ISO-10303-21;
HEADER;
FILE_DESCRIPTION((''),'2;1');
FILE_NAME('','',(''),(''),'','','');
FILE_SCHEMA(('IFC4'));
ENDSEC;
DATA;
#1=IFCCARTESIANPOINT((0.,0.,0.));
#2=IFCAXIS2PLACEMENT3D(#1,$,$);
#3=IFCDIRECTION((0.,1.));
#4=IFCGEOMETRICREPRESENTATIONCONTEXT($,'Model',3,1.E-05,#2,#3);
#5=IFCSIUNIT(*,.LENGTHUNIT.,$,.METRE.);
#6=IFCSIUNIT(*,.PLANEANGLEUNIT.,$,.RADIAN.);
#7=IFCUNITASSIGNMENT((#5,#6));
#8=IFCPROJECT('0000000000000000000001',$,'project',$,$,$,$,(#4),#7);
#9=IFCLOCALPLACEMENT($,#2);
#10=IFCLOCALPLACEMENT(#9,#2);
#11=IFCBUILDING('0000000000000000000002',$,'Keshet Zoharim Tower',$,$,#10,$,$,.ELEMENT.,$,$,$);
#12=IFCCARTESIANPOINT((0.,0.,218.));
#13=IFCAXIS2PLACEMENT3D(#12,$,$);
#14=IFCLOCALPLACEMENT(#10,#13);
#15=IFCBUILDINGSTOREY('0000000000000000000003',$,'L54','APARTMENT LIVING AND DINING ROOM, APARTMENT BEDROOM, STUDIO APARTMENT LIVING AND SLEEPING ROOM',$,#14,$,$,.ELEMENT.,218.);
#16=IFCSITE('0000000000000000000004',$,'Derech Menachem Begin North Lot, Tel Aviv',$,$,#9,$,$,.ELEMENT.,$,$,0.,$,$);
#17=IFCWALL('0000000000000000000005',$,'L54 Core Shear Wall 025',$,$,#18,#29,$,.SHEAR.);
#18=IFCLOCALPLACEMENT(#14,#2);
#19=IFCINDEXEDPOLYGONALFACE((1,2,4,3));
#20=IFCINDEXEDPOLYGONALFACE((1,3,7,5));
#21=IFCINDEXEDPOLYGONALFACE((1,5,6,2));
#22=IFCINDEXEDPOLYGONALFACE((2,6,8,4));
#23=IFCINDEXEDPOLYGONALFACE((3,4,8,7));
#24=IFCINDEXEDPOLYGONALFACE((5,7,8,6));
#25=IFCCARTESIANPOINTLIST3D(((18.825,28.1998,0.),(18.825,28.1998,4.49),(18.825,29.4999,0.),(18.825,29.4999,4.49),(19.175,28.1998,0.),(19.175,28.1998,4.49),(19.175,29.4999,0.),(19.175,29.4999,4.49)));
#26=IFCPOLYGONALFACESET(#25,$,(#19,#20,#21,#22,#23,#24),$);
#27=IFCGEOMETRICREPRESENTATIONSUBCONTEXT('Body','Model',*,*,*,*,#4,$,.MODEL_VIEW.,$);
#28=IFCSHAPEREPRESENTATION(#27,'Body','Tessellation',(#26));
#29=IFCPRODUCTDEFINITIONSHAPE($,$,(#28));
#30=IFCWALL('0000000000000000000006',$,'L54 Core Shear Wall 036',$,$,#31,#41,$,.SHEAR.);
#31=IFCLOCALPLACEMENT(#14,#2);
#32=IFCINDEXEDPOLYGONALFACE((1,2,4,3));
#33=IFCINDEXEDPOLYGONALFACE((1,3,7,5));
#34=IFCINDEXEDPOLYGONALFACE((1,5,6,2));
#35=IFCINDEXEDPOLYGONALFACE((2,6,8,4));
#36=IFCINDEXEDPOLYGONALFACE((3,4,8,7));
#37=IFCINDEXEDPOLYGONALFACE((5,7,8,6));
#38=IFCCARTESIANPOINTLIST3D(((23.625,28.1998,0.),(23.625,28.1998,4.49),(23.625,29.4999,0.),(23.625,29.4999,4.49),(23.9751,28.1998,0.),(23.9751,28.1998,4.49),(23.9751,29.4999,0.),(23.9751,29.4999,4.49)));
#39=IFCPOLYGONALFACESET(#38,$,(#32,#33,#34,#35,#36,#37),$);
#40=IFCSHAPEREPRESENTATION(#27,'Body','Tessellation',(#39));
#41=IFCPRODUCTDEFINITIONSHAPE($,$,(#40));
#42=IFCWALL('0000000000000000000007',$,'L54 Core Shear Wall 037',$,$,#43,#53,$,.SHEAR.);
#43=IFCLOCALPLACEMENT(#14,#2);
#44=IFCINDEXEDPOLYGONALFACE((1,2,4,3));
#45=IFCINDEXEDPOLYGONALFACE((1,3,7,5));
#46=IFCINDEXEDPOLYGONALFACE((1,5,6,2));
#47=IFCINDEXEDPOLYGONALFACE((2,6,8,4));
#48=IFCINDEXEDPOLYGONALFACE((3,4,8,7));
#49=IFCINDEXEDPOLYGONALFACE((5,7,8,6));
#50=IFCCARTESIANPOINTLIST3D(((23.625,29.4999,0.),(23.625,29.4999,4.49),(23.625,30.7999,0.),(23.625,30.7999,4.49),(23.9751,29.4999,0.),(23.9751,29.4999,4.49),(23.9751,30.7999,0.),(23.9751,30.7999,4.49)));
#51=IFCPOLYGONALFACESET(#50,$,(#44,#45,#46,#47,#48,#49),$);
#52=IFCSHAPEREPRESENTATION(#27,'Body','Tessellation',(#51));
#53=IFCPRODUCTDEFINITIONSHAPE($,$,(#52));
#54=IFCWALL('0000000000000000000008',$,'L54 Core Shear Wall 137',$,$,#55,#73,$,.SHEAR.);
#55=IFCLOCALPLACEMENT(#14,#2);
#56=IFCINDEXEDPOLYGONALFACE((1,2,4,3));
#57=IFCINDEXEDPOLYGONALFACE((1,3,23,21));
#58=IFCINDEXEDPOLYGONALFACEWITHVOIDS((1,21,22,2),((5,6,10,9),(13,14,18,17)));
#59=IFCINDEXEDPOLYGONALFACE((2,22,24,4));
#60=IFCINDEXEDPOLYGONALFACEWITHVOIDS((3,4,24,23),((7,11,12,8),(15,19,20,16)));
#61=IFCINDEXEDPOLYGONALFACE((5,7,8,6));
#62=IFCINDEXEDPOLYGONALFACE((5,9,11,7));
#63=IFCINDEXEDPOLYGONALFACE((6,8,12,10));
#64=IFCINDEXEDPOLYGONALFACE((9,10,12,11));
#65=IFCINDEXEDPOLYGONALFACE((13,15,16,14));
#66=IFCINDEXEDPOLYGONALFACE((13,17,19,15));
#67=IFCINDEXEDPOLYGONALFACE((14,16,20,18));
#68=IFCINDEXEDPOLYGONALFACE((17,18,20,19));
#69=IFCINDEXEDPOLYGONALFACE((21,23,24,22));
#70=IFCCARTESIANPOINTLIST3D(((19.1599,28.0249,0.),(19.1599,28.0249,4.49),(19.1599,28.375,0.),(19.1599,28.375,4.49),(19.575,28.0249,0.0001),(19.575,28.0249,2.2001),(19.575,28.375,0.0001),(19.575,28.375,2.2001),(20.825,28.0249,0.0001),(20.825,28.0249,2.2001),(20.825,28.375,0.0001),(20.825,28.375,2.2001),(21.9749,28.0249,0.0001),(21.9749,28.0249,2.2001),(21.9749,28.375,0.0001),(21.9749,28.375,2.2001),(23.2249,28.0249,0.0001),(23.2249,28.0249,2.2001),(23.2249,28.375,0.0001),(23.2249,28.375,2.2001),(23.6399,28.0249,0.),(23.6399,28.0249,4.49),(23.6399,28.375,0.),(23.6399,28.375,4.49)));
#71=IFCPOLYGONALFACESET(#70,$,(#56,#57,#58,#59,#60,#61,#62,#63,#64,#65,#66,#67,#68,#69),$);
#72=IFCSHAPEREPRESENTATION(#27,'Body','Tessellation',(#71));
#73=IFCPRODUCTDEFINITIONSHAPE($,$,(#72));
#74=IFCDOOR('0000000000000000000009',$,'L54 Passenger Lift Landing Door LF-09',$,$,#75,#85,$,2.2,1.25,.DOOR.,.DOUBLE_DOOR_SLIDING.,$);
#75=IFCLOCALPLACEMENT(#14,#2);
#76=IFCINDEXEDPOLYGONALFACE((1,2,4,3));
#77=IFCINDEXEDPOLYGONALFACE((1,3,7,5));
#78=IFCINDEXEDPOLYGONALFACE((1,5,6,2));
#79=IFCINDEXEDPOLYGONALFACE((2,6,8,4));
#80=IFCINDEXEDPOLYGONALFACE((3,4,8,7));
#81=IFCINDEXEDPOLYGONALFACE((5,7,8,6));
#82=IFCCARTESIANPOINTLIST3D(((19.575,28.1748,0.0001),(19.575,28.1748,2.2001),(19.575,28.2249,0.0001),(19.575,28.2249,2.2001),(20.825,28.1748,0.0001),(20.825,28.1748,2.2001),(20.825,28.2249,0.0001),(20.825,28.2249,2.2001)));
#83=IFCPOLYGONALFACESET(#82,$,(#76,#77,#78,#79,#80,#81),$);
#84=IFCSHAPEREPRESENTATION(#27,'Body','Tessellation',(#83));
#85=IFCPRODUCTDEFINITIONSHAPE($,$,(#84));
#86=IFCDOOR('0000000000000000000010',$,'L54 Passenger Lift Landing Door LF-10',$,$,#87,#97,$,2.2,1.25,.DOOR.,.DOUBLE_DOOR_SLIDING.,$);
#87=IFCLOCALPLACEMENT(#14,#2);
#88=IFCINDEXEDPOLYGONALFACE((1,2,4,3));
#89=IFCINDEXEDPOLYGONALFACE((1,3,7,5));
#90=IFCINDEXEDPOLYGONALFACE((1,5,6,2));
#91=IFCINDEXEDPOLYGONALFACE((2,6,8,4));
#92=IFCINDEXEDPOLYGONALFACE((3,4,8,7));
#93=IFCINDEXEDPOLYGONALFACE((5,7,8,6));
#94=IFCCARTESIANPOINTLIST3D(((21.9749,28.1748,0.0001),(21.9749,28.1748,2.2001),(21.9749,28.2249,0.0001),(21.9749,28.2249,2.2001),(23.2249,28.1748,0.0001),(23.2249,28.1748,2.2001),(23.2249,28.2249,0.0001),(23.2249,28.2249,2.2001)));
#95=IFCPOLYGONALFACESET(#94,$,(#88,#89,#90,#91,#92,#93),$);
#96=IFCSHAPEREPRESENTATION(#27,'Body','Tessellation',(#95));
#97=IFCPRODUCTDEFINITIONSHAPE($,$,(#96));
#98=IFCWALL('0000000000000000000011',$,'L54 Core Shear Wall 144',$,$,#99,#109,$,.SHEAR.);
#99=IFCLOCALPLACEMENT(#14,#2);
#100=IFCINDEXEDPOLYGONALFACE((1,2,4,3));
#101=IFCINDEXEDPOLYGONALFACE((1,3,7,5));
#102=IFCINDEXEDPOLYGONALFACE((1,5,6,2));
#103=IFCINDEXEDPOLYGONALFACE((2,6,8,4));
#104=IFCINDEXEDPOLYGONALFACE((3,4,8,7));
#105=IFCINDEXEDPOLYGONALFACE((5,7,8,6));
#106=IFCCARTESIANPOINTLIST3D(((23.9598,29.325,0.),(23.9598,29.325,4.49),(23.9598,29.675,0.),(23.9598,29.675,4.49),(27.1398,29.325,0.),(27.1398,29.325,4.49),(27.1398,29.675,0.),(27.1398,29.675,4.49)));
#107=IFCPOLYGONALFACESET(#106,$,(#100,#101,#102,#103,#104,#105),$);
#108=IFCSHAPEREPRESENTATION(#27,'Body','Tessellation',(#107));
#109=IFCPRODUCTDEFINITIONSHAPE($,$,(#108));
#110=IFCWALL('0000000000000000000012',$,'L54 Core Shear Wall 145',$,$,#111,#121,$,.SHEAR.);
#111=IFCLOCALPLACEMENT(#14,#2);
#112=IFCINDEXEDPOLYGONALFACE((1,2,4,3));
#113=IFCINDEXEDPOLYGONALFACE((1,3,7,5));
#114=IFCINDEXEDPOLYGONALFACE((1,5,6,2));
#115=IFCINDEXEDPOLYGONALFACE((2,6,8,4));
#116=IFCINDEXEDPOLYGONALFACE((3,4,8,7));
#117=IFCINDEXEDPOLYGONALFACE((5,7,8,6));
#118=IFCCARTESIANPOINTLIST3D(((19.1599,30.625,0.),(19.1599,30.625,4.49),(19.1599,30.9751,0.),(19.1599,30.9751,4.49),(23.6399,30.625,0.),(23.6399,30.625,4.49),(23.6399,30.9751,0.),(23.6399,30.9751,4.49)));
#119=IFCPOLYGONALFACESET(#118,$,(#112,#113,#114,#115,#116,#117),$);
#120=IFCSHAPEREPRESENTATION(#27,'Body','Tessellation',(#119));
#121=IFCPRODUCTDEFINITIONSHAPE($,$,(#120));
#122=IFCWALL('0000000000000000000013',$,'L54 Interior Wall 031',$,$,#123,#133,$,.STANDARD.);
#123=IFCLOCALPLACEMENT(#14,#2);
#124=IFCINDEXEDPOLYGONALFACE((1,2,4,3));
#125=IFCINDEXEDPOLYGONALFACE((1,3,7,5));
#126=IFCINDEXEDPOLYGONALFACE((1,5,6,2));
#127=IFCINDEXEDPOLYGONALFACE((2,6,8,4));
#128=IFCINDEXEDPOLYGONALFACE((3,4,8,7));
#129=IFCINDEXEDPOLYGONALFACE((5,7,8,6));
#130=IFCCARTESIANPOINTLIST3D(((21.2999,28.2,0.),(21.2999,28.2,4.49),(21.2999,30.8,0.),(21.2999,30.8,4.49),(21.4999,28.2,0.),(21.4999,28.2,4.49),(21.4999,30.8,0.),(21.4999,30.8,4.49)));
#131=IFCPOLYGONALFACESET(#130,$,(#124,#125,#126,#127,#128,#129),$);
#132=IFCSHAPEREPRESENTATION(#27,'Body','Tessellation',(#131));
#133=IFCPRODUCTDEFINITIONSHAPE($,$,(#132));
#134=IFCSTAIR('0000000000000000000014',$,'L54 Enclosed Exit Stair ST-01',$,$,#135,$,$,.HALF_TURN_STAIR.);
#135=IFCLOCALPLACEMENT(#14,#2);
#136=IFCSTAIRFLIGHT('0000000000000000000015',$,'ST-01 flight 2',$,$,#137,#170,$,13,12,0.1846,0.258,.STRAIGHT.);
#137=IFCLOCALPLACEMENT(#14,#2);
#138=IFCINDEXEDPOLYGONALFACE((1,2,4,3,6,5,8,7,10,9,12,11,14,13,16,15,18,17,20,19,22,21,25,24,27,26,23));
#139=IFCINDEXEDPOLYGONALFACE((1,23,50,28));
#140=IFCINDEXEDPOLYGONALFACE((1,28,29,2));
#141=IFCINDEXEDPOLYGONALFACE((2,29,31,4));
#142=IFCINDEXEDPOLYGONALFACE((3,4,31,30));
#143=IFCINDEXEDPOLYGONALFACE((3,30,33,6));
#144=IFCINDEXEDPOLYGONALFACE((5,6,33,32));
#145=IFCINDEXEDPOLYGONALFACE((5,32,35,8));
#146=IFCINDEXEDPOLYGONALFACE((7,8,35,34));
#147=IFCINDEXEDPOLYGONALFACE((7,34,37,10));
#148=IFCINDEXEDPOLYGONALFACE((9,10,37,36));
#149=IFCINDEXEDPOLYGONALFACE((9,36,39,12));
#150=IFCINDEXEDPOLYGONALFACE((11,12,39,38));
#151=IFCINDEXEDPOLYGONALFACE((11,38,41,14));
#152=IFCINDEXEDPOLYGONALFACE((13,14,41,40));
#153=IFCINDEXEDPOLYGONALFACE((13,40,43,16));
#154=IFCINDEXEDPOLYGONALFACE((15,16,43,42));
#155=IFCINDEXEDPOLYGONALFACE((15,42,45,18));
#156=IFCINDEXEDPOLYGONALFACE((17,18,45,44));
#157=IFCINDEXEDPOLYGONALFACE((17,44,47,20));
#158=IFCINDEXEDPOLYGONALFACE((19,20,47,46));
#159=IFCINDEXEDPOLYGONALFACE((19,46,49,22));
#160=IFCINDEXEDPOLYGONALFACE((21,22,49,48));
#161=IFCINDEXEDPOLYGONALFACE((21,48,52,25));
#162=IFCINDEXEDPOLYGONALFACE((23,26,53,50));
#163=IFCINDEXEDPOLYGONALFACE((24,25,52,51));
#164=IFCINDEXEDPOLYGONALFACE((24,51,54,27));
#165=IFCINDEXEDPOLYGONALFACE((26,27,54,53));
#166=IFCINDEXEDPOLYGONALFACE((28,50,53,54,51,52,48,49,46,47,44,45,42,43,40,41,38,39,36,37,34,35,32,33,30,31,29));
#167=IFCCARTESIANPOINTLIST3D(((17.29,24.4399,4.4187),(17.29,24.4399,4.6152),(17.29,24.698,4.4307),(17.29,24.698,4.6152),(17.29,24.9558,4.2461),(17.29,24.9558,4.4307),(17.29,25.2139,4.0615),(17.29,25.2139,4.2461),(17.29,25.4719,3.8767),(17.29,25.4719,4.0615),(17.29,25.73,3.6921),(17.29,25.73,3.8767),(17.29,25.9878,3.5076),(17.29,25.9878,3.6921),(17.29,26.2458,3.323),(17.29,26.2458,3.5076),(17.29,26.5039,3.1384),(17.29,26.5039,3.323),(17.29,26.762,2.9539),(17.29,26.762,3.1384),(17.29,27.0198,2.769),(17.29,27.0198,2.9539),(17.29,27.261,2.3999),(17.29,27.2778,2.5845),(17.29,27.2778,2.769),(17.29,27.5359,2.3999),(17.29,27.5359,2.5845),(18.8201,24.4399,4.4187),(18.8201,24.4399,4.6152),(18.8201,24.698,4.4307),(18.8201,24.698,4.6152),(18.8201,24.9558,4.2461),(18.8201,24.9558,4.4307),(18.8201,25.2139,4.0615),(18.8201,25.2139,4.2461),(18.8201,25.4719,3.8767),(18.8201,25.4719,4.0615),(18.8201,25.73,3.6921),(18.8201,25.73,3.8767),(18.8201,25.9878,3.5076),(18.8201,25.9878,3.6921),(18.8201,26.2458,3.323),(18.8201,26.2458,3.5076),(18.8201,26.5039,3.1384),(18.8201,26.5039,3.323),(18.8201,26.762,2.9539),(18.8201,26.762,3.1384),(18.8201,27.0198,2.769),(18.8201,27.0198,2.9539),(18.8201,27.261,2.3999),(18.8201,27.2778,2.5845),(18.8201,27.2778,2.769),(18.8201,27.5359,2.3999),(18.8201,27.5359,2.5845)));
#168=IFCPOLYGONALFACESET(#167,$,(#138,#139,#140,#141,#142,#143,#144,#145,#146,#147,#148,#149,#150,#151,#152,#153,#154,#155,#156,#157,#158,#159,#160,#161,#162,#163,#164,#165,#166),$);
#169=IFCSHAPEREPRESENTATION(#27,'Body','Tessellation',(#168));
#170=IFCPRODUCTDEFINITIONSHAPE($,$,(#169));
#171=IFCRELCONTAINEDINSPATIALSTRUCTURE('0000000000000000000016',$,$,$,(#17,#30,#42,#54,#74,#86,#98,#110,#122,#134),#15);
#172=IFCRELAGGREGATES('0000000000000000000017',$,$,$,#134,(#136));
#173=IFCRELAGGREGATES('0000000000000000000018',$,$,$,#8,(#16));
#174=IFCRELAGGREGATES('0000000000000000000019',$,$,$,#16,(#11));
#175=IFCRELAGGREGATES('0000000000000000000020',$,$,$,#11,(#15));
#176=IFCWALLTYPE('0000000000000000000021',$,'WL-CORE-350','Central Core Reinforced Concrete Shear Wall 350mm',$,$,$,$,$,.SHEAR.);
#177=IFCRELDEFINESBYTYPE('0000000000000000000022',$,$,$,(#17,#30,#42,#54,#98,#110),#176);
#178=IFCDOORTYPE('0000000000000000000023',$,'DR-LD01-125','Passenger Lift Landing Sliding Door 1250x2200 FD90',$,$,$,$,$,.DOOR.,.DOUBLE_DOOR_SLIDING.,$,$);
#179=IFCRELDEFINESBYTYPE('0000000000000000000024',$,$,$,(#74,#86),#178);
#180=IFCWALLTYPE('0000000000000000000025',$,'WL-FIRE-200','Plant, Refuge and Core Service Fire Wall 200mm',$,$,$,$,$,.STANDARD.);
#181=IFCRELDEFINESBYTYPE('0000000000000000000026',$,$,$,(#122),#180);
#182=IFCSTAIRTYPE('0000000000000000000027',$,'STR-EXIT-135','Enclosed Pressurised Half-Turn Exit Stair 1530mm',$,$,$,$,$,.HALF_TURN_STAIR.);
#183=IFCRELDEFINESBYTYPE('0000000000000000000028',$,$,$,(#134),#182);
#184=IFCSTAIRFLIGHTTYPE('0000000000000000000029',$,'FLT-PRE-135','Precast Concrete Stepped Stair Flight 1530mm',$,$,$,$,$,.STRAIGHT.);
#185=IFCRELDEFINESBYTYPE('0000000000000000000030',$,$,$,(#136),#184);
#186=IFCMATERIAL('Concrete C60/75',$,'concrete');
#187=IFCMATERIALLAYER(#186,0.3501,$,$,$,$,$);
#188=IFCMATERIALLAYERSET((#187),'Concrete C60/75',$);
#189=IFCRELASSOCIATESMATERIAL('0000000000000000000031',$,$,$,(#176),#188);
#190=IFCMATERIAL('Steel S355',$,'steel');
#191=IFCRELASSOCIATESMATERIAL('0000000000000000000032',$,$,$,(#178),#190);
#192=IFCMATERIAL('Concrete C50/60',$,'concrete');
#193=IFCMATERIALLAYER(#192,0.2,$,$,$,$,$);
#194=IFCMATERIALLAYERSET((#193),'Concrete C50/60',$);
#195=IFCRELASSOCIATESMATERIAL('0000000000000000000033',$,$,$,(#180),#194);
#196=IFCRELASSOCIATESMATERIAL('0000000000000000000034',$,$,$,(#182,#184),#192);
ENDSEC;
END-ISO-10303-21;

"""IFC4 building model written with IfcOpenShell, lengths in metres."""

from ifc_helpers import new_model, si_unit, direction, frame, frame_2d, origin, place, context, subcontext, project, spatial, polyline, rectangle, outline, extrude, material, layer, layer_set, type_object, element, fill, aggregate, save


model = new_model("IFC4")

# Units and contexts
model_context = context("Model", 3, precision=1e-05, world=origin(), true_north=direction((0.0, 1.0)))
body_context = subcontext(model_context, "Body", "Model", "MODEL_VIEW")
ifc_project = project(units=[si_unit("LENGTHUNIT", "METRE"), si_unit("PLANEANGLEUNIT", "RADIAN")], contexts=[model_context])

# Site, building, storey
site_placement = place(None, origin())
site = spatial("IfcSite", under=ifc_project, at=site_placement, Name="Derech Menachem Begin North Lot, Tel Aviv", CompositionType="ELEMENT", RefElevation=0.0)
building_placement = place(site_placement, origin())
building = spatial("IfcBuilding", under=site, at=building_placement, Name="Keshet Zoharim Tower", CompositionType="ELEMENT")
storey_placement = place(building_placement, frame((0.0, 0.0, 218.0)))
storey = spatial("IfcBuildingStorey", under=building, at=storey_placement, Name="L54", Description="APARTMENT LIVING AND DINING ROOM, APARTMENT BEDROOM, STUDIO APARTMENT LIVING AND SLEEPING ROOM", CompositionType="ELEMENT", Elevation=218.0)

# Wall
ifc_material_1 = material(Name="Concrete C60/75", Category="concrete")
ifc_layer_1 = layer(ifc_material_1, 0.3501)
ifc_layer_set_1 = layer_set([ifc_layer_1], Name="Concrete C60/75")
wall_type_1 = type_object("IfcWallType", Name="WL-CORE-350", Description="Central Core Reinforced Concrete Shear Wall 350mm", PredefinedType="SHEAR", material=ifc_layer_set_1)
wall_1_placement = place(storey_placement, frame((19.0, 28.2, 0.0), z_axis=(0.0, 0.0, 1.0), x_axis=(0.0, 1.0, 0.0)))
element("IfcWall", 1, at=wall_1_placement, inside=storey, type_object=wall_type_1, Name="L54 Core Shear Wall 025", PredefinedType="SHEAR", context=body_context, shape_type="SweptSolid", body=[
    extrude(rectangle(XDim=1.3, YDim=0.3501, at=frame_2d((0.6499, 0.0))), origin(), (0.0, 0.0, 1.0), 4.49),
])

# Walls
for number, where, z_axis, x_axis, name in (
    (2, (23.8, 28.2, 0.0), (0.0, 0.0, 1.0), (0.0, 1.0, 0.0), "L54 Core Shear Wall 036"),
    (3, (23.8, 29.5, 0.0), (0.0, 0.0, 1.0), (0.0, 1.0, 0.0), "L54 Core Shear Wall 037"),
):
    element("IfcWall", number, at=place(storey_placement, frame(where, z_axis=z_axis, x_axis=x_axis)), inside=storey, type_object=wall_type_1, Name=name, PredefinedType="SHEAR", context=body_context, shape_type="SweptSolid", body=[
        extrude(rectangle(XDim=1.3, YDim=0.3501, at=frame_2d((0.6499, 0.0))), origin(), (0.0, 0.0, 1.0), 4.49),
    ])

# Wall, openings, doors
wall_2_placement = place(storey_placement, frame((19.1599, 28.2, 0.0), z_axis=(0.0, 0.0, 1.0), x_axis=(1.0, 0.0, 0.0)))
wall_2 = element("IfcWall", 4, at=wall_2_placement, inside=storey, type_object=wall_type_1, Name="L54 Core Shear Wall 137", PredefinedType="SHEAR", context=body_context, shape_type="SweptSolid", body=[
    extrude(rectangle(XDim=4.48, YDim=0.3501, at=frame_2d((2.24, 0.0))), origin(), (0.0, 0.0, 1.0), 4.49),
])
opening_1_placement = place(wall_2_placement, frame((0.415, 0.0, 0.0)))
opening_1 = element("IfcOpeningElement", 5, at=opening_1_placement, cuts=wall_2, PredefinedType="OPENING", context=body_context, shape_type="SweptSolid", body=[
    extrude(rectangle(XDim=1.25, YDim=2.2, at=frame_2d((0.625, 1.1001))), frame((0.0, 0.1851, 0.0), z_axis=(0.0, -1.0, 0.0), x_axis=(1.0, 0.0, 0.0)), (0.0, 0.0, 1.0), 0.3701),
])
opening_2_placement = place(wall_2_placement, frame((2.8149, 0.0, 0.0)))
opening_2 = element("IfcOpeningElement", 6, at=opening_2_placement, cuts=wall_2, PredefinedType="OPENING", context=body_context, shape_type="SweptSolid", body=[
    extrude(rectangle(XDim=1.25, YDim=2.2, at=frame_2d((0.625, 1.1001))), frame((0.0, 0.1851, 0.0), z_axis=(0.0, -1.0, 0.0), x_axis=(1.0, 0.0, 0.0)), (0.0, 0.0, 1.0), 0.3701),
])
ifc_material_2 = material(Name="Steel S355", Category="steel")
door_type_1 = type_object("IfcDoorType", Name="DR-LD01-125", Description="Passenger Lift Landing Sliding Door 1250x2200 FD90", OperationType="DOUBLE_DOOR_SLIDING", PredefinedType="DOOR", material=ifc_material_2)
door_1_placement = place(opening_1_placement, origin())
door_1 = element("IfcDoor", 7, at=door_1_placement, inside=storey, type_object=door_type_1, Name="L54 Passenger Lift Landing Door LF-09", OperationType="DOUBLE_DOOR_SLIDING", OverallHeight=2.2, OverallWidth=1.25, PredefinedType="DOOR", context=body_context, shape_type="SweptSolid", body=[
    extrude(rectangle(XDim=1.25, YDim=2.2, at=frame_2d((0.625, 1.1001))), frame((0.0, 0.0249, 0.0), z_axis=(0.0, -1.0, 0.0), x_axis=(1.0, 0.0, 0.0)), (0.0, 0.0, 1.0), 0.05),
])
fill(opening_1, door_1)
door_2_placement = place(opening_2_placement, origin())
door_2 = element("IfcDoor", 8, at=door_2_placement, inside=storey, type_object=door_type_1, Name="L54 Passenger Lift Landing Door LF-10", OperationType="DOUBLE_DOOR_SLIDING", OverallHeight=2.2, OverallWidth=1.25, PredefinedType="DOOR", context=body_context, shape_type="SweptSolid", body=[
    extrude(rectangle(XDim=1.25, YDim=2.2, at=frame_2d((0.625, 1.1001))), frame((0.0, 0.0249, 0.0), z_axis=(0.0, -1.0, 0.0), x_axis=(1.0, 0.0, 0.0)), (0.0, 0.0, 1.0), 0.05),
])
fill(opening_2, door_2)

# Walls
wall_3_placement = place(storey_placement, frame((23.96, 29.5, 0.0), z_axis=(0.0, 0.0, 1.0), x_axis=(1.0, 0.0, 0.0)))
element("IfcWall", 9, at=wall_3_placement, inside=storey, type_object=wall_type_1, Name="L54 Core Shear Wall 144", PredefinedType="SHEAR", context=body_context, shape_type="SweptSolid", body=[
    extrude(rectangle(XDim=3.1799, YDim=0.3501, at=frame_2d((1.5898, 0.0))), origin(), (0.0, 0.0, 1.0), 4.49),
])
wall_4_placement = place(storey_placement, frame((19.1599, 30.8, 0.0), z_axis=(0.0, 0.0, 1.0), x_axis=(1.0, 0.0, 0.0)))
element("IfcWall", 10, at=wall_4_placement, inside=storey, type_object=wall_type_1, Name="L54 Core Shear Wall 145", PredefinedType="SHEAR", context=body_context, shape_type="SweptSolid", body=[
    extrude(rectangle(XDim=4.48, YDim=0.3501, at=frame_2d((2.24, 0.0))), origin(), (0.0, 0.0, 1.0), 4.49),
])
ifc_material_3 = material(Name="Concrete C50/60", Category="concrete")
ifc_layer_2 = layer(ifc_material_3, 0.2)
ifc_layer_set_2 = layer_set([ifc_layer_2], Name="Concrete C50/60")
wall_type_2 = type_object("IfcWallType", Name="WL-FIRE-200", Description="Plant, Refuge and Core Service Fire Wall 200mm", PredefinedType="STANDARD", material=ifc_layer_set_2)
wall_5_placement = place(storey_placement, frame((21.3999, 28.2, 0.0), z_axis=(0.0, 0.0, 1.0), x_axis=(0.0, 1.0, 0.0)))
element("IfcWall", 11, at=wall_5_placement, inside=storey, type_object=wall_type_2, Name="L54 Interior Wall 031", PredefinedType="STANDARD", context=body_context, shape_type="SweptSolid", body=[
    extrude(rectangle(XDim=2.6001, YDim=0.2, at=frame_2d((1.3, 0.0))), origin(), (0.0, 0.0, 1.0), 4.49),
])

# Stair, stair flight
stair_type = type_object("IfcStairType", Name="STR-EXIT-135", Description="Enclosed Pressurised Half-Turn Exit Stair 1530mm", PredefinedType="HALF_TURN_STAIR", material=ifc_material_3)
stair_1_placement = place(storey_placement, origin())
stair_1 = element("IfcStair", 12, at=stair_1_placement, inside=storey, type_object=stair_type, Name="L54 Enclosed Exit Stair ST-01", PredefinedType="HALF_TURN_STAIR")
stair_flight_type_1 = type_object("IfcStairFlightType", Name="FLT-PRE-135", Description="Precast Concrete Stepped Stair Flight 1530mm", PredefinedType="STRAIGHT", material=ifc_material_3)
stair_flight_1_placement = place(storey_placement, frame((18.0549, 27.5359, 2.3999), z_axis=(0.0, 0.0, 1.0), x_axis=(0.0, -1.0, 0.0)))
stair_flight_1 = element("IfcStairFlight", 13, at=stair_flight_1_placement, type_object=stair_flight_type_1, Name="ST-01 flight 2", NumberOfRisers=13, NumberOfTreads=12, PredefinedType="STRAIGHT", RiserHeight=0.1846, TreadLength=0.258, context=body_context, shape_type="SweptSolid", body=[
    extrude(outline(polyline([(0.0, 0.0), (0.0, 0.1846), (0.2581, 0.1846), (0.2581, 0.3691), (0.5161, 0.3691), (0.5161, 0.554), (0.7739, 0.554), (0.7739, 0.7385), (1.032, 0.7385), (1.032, 0.9231), (1.29, 0.9231), (1.29, 1.1077), (1.5481, 1.1077), (1.5481, 1.2922), (1.8059, 1.2922), (1.8059, 1.4768), (2.064, 1.4768), (2.064, 1.6616), (2.322, 1.6616), (2.322, 1.8462), (2.5801, 1.8462), (2.5801, 2.0308), (2.8379, 2.0308), (2.8379, 2.2153), (3.0959, 2.2153), (3.0959, 2.3999), (3.0959, 2.0188), (0.2749, 0.0), (0.0, 0.0)])), frame((0.0, 0.7651, 0.0), z_axis=(0.0, -1.0, 0.0), x_axis=(1.0, 0.0, 0.0)), (0.0, 0.0, 1.0), 1.53),
])
aggregate(stair_1, [stair_flight_1])

save(model, "model.ifc")
